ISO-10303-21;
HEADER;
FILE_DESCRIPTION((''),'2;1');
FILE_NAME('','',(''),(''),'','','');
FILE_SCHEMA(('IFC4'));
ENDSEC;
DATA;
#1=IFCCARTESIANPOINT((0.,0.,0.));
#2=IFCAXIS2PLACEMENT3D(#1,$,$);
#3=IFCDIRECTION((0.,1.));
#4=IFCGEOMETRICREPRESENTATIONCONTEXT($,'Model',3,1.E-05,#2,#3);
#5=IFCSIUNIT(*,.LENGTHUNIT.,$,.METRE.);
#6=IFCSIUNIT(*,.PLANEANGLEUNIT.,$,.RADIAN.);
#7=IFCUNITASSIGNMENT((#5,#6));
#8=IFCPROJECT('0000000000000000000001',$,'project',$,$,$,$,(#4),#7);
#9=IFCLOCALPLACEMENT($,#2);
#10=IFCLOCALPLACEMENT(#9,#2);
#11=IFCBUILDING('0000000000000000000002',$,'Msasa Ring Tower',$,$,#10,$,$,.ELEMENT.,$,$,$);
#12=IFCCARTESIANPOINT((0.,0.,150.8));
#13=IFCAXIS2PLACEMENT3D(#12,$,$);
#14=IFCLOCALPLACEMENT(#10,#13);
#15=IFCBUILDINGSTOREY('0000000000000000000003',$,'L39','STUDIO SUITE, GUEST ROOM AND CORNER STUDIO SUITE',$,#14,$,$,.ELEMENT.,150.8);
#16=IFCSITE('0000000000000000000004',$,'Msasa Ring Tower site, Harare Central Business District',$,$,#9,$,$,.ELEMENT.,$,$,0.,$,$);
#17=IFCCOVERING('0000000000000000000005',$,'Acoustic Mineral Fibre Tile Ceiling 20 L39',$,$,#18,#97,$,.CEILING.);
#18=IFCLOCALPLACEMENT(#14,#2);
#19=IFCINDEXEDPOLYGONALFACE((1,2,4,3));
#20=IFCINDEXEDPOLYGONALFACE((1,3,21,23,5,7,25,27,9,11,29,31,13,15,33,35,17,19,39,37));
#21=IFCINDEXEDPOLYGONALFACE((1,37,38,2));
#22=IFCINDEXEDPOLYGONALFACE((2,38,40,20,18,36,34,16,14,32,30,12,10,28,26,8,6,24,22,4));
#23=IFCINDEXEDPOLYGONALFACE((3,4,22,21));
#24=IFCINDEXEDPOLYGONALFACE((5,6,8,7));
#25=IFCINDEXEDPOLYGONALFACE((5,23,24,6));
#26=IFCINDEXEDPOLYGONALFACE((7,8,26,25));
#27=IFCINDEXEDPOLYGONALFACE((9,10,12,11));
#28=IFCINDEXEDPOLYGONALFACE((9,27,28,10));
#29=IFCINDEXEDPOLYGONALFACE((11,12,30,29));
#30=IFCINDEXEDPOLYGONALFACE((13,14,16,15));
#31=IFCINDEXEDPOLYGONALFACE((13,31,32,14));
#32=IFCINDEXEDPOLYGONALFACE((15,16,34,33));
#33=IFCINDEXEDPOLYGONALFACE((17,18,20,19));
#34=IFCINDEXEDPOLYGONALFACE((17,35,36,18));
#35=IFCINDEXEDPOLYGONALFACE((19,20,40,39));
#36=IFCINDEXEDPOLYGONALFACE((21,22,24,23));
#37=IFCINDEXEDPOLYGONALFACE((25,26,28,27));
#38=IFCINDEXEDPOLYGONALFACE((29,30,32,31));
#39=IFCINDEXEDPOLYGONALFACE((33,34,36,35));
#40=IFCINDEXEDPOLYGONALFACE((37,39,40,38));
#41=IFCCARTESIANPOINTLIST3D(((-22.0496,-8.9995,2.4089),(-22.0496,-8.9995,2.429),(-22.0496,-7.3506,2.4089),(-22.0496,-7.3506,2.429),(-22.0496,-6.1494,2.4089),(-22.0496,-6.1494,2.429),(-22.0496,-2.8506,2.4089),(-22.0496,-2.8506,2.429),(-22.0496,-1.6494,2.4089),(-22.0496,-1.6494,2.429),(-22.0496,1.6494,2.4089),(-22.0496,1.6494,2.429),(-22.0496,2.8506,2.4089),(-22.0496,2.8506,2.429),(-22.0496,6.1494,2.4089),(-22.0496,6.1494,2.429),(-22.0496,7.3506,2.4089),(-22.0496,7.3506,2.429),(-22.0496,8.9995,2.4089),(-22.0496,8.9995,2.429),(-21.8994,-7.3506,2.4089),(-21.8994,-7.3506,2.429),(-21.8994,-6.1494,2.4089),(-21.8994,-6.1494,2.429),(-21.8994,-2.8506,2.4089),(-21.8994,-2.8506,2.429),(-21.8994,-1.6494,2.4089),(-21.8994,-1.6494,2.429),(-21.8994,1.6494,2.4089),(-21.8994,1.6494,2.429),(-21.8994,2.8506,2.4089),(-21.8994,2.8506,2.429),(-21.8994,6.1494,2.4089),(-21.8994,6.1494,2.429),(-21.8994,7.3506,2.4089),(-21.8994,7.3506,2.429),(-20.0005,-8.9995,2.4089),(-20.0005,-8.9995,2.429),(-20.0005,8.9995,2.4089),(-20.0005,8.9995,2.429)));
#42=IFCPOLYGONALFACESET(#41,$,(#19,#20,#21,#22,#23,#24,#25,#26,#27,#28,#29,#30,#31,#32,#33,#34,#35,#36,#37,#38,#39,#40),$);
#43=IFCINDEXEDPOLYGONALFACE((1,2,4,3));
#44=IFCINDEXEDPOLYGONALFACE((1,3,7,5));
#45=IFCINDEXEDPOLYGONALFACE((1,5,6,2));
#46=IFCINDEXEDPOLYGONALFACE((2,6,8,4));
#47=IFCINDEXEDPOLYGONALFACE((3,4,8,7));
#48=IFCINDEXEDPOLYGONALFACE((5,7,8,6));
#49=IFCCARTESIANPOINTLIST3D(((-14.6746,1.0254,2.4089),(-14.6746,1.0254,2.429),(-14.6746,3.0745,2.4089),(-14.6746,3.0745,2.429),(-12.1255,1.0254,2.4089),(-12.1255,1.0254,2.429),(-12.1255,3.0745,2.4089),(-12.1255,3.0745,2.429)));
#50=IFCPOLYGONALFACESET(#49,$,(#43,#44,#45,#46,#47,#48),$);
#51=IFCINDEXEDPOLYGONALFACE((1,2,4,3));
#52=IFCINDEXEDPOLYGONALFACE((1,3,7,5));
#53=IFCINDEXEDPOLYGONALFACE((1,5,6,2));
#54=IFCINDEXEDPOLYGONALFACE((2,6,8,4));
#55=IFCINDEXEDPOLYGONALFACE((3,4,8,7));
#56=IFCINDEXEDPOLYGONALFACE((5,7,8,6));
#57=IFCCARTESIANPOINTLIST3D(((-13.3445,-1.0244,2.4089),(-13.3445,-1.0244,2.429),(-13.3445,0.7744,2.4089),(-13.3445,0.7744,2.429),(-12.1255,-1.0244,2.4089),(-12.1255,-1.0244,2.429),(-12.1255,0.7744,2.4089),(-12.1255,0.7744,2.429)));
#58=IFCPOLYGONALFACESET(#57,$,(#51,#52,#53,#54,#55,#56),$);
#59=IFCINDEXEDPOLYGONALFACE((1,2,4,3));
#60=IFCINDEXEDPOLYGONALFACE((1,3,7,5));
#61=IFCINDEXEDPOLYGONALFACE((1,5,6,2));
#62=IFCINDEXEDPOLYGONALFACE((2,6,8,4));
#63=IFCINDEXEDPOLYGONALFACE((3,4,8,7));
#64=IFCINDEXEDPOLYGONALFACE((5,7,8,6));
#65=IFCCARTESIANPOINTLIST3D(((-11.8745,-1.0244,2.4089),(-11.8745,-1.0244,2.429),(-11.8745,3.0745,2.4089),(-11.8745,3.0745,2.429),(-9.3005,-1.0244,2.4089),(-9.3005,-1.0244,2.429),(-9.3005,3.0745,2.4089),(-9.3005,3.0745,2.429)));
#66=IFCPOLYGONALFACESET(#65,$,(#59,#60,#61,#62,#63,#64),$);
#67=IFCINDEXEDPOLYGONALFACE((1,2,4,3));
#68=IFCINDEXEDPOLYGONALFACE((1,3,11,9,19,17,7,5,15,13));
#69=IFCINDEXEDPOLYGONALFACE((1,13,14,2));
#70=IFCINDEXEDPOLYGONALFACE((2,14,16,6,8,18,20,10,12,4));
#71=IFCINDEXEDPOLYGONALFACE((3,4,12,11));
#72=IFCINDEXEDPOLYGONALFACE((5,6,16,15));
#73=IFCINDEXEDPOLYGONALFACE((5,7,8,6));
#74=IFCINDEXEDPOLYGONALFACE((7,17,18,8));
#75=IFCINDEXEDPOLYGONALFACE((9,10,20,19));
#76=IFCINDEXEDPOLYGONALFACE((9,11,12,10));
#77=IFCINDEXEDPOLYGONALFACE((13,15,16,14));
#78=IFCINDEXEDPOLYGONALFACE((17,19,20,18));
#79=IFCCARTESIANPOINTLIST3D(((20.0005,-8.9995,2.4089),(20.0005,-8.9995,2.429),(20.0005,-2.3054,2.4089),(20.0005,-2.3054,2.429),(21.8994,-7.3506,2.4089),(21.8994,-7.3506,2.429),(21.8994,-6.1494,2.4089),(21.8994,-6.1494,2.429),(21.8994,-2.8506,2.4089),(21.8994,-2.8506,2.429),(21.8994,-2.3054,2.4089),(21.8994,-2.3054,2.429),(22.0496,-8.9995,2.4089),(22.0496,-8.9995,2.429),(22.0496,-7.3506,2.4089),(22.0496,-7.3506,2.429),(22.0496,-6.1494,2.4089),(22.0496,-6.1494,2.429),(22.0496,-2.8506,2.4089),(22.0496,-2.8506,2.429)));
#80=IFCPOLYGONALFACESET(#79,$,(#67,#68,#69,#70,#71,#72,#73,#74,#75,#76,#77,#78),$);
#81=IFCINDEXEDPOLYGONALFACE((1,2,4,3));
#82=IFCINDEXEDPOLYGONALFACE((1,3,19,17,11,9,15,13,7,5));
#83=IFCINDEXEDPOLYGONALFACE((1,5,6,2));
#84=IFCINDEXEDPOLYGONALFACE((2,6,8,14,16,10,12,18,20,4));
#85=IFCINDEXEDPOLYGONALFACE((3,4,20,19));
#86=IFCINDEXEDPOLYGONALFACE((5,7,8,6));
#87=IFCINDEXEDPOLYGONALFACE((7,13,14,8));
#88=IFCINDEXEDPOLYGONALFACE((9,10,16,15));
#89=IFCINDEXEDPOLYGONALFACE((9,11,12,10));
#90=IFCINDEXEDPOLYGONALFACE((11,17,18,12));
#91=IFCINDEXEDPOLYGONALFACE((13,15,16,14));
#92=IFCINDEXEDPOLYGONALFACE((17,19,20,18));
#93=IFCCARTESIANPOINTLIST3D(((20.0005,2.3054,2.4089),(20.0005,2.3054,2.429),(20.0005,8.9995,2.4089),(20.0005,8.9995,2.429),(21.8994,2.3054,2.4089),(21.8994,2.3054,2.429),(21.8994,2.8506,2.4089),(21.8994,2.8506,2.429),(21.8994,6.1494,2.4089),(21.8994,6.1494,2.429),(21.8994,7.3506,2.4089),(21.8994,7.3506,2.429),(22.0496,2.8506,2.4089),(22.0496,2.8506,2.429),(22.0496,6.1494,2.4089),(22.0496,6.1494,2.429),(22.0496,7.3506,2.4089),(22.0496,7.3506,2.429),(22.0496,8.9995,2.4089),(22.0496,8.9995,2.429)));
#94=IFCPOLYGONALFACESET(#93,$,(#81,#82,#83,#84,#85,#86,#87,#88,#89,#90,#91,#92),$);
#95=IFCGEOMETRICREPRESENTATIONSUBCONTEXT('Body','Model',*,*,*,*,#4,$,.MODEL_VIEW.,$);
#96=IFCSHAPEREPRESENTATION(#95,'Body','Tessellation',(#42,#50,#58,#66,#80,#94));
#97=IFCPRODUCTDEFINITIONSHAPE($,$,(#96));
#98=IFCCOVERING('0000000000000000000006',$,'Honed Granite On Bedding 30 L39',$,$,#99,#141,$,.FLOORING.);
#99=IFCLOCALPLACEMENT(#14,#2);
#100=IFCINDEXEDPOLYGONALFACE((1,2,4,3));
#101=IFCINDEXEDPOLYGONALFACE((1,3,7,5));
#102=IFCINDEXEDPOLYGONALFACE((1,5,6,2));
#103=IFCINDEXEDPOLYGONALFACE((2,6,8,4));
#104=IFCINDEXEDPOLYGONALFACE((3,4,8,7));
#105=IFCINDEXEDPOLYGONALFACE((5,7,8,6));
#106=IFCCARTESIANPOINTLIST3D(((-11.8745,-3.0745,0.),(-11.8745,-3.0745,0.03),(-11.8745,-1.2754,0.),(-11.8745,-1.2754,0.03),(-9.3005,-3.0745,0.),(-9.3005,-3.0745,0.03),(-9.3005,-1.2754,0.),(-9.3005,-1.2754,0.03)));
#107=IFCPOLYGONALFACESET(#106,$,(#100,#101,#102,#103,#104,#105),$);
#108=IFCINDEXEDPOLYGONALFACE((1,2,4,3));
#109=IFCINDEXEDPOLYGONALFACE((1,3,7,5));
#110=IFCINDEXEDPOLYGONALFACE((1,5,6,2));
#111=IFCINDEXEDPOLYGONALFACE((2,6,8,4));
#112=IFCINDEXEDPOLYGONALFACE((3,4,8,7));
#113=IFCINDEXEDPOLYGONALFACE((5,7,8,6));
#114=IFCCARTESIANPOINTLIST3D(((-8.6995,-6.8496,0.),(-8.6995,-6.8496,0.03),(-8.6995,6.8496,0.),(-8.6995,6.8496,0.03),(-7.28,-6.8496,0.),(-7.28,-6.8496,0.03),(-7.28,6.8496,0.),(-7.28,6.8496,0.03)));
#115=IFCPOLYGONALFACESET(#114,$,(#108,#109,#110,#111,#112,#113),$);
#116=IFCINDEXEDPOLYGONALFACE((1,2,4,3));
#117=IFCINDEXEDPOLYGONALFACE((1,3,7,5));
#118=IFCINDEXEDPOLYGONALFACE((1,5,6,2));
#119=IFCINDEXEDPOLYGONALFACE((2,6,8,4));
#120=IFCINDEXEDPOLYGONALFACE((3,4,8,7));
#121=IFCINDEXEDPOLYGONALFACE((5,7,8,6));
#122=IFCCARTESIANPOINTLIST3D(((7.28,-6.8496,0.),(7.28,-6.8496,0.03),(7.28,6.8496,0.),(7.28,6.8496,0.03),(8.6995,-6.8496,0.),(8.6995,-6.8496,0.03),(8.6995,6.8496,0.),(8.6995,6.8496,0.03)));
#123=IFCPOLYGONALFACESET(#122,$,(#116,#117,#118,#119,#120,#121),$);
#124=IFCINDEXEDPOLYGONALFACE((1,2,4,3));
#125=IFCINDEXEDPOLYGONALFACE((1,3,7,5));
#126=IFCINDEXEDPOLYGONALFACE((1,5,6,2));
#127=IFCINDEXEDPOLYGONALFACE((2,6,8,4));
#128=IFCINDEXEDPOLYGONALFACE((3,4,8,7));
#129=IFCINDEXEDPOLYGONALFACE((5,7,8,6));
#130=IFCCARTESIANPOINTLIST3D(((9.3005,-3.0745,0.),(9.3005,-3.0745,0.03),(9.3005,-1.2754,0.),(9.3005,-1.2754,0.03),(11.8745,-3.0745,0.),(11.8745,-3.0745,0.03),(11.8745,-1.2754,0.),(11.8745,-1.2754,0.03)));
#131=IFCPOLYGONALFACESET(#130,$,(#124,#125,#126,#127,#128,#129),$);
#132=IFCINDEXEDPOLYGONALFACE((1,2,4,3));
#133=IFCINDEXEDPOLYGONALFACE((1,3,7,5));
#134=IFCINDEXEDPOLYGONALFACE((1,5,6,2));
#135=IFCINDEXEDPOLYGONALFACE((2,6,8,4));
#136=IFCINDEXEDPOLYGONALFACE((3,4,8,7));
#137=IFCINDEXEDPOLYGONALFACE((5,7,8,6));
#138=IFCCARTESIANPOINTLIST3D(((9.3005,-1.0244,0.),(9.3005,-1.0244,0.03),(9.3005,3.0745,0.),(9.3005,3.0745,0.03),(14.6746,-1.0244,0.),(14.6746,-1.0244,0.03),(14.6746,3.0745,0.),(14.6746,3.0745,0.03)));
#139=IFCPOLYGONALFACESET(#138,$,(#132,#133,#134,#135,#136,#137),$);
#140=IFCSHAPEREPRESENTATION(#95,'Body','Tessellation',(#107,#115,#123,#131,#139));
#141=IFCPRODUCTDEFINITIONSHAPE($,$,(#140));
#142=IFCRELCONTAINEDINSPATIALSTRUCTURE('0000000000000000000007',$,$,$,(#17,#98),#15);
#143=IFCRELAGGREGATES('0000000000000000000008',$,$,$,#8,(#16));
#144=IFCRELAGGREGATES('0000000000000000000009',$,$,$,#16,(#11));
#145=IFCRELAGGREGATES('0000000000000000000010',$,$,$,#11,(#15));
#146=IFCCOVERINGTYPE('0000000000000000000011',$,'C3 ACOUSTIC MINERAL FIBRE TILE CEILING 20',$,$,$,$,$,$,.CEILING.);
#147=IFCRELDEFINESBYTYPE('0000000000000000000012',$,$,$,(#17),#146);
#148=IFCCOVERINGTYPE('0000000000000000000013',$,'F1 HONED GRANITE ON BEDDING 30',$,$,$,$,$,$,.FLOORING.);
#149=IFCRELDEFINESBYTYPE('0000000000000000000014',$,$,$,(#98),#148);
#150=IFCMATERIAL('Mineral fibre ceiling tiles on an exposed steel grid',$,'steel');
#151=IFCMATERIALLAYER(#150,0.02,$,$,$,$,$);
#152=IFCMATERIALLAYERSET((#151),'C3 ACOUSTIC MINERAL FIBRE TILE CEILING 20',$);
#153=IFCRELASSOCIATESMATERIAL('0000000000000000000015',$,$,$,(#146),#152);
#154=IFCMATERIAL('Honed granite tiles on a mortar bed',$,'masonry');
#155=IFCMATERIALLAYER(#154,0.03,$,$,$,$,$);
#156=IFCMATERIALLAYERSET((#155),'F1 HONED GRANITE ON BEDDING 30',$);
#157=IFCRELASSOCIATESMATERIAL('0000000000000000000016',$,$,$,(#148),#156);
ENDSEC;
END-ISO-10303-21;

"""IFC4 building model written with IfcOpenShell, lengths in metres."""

from ifc_helpers import new_model, si_unit, direction, frame, origin, place, context, subcontext, project, spatial, line, indexed_curve, outline, extrude, material, layer, layer_set, type_object, element, save


model = new_model("IFC4")

# Units and contexts
model_context = context("Model", 3, precision=1e-05, world=origin(), true_north=direction((0.0, 1.0)))
body_context = subcontext(model_context, "Body", "Model", "MODEL_VIEW")
ifc_project = project(units=[si_unit("LENGTHUNIT", "METRE"), si_unit("PLANEANGLEUNIT", "RADIAN")], contexts=[model_context])

# Site, building, storey
site_placement = place(None, origin())
site = spatial("IfcSite", under=ifc_project, at=site_placement, Name="Msasa Ring Tower site, Harare Central Business District", CompositionType="ELEMENT", RefElevation=0.0)
building_placement = place(site_placement, origin())
building = spatial("IfcBuilding", under=site, at=building_placement, Name="Msasa Ring Tower", CompositionType="ELEMENT")
storey_placement = place(building_placement, frame((0.0, 0.0, 150.8)))
storey = spatial("IfcBuildingStorey", under=building, at=storey_placement, Name="L39", Description="STUDIO SUITE, GUEST ROOM AND CORNER STUDIO SUITE", CompositionType="ELEMENT", Elevation=150.8)

# Coverings
ifc_material_1 = material(Name="Mineral fibre ceiling tiles on an exposed steel grid", Category="steel")
ifc_layer_1 = layer(ifc_material_1, 0.02)
ifc_layer_set_1 = layer_set([ifc_layer_1], Name="C3 ACOUSTIC MINERAL FIBRE TILE CEILING 20")
covering_type_1 = type_object("IfcCoveringType", Name="C3 ACOUSTIC MINERAL FIBRE TILE CEILING 20", PredefinedType="CEILING", material=ifc_layer_set_1)
covering_1_placement = place(storey_placement, frame((0.0, 0.0, 2.4089)))
element("IfcCovering", 1, at=covering_1_placement, inside=storey, type_object=covering_type_1, Name="Acoustic Mineral Fibre Tile Ceiling 20 L39", PredefinedType="CEILING", context=body_context, shape_type="SweptSolid", body=[
    extrude(outline(indexed_curve([(-20.0005, 8.9995), (-20.0005, -8.9995), (-22.0496, -8.9995), (-22.0496, -7.3506), (-21.8994, -7.3506), (-21.8994, -6.1494), (-22.0496, -6.1494), (-22.0496, -2.8506), (-21.8994, -2.8506), (-21.8994, -1.6494), (-22.0496, -1.6494), (-22.0496, 1.6494), (-21.8994, 1.6494), (-21.8994, 2.8506), (-22.0496, 2.8506), (-22.0496, 6.1494), (-21.8994, 6.1494), (-21.8994, 7.3506), (-22.0496, 7.3506), (-22.0496, 8.9995)], segments=[line(1, 2, 3, 4, 5, 6, 7, 8, 9, 10, 11, 12, 13, 14, 15, 16, 17, 18, 19, 20, 1)], self_intersect=False)), origin(), (0.0, 0.0, 1.0), 0.02),
    extrude(outline(indexed_curve([(-14.6746, 3.0745), (-12.1255, 3.0745), (-12.1255, 1.0254), (-14.6746, 1.0254)], segments=[line(1, 2, 3, 4, 1)], self_intersect=False)), origin(), (0.0, 0.0, 1.0), 0.02),
    extrude(outline(indexed_curve([(-13.3445, -1.0244), (-13.3445, 0.7744), (-12.1255, 0.7744), (-12.1255, -1.0244)], segments=[line(1, 2, 3, 4, 1)], self_intersect=False)), origin(), (0.0, 0.0, 1.0), 0.02),
    extrude(outline(indexed_curve([(-9.3005, -1.0244), (-11.8745, -1.0244), (-11.8745, 3.0745), (-9.3005, 3.0745)], segments=[line(1, 2, 3, 4, 1)], self_intersect=False)), origin(), (0.0, 0.0, 1.0), 0.02),
    extrude(outline(indexed_curve([(21.8994, -2.3054), (21.8994, -2.8506), (22.0496, -2.8506), (22.0496, -6.1494), (21.8994, -6.1494), (21.8994, -7.3506), (22.0496, -7.3506), (22.0496, -8.9995), (20.0005, -8.9995), (20.0005, -2.3054)], segments=[line(1, 2, 3, 4, 5, 6, 7, 8, 9, 10, 1)], self_intersect=False)), origin(), (0.0, 0.0, 1.0), 0.02),
    extrude(outline(indexed_curve([(22.0496, 7.3506), (21.8994, 7.3506), (21.8994, 6.1494), (22.0496, 6.1494), (22.0496, 2.8506), (21.8994, 2.8506), (21.8994, 2.3054), (20.0005, 2.3054), (20.0005, 8.9995), (22.0496, 8.9995)], segments=[line(1, 2, 3, 4, 5, 6, 7, 8, 9, 10, 1)], self_intersect=False)), origin(), (0.0, 0.0, 1.0), 0.02),
])
ifc_material_2 = material(Name="Honed granite tiles on a mortar bed", Category="masonry")
ifc_layer_2 = layer(ifc_material_2, 0.03)
ifc_layer_set_2 = layer_set([ifc_layer_2], Name="F1 HONED GRANITE ON BEDDING 30")
covering_type_2 = type_object("IfcCoveringType", Name="F1 HONED GRANITE ON BEDDING 30", PredefinedType="FLOORING", material=ifc_layer_set_2)
covering_2_placement = place(storey_placement, origin())
element("IfcCovering", 2, at=covering_2_placement, inside=storey, type_object=covering_type_2, Name="Honed Granite On Bedding 30 L39", PredefinedType="FLOORING", context=body_context, shape_type="SweptSolid", body=[
    extrude(outline(indexed_curve([(-11.8745, -3.0745), (-11.8745, -1.2754), (-9.3005, -1.2754), (-9.3005, -3.0745)], segments=[line(1, 2, 3, 4, 1)], self_intersect=False)), origin(), (0.0, 0.0, 1.0), 0.03),
    extrude(outline(indexed_curve([(-8.6995, -6.8496), (-8.6995, 6.8496), (-7.28, 6.8496), (-7.28, -6.8496)], segments=[line(1, 2, 3, 4, 1)], self_intersect=False)), origin(), (0.0, 0.0, 1.0), 0.03),
    extrude(outline(indexed_curve([(8.6995, 6.8496), (8.6995, -6.8496), (7.28, -6.8496), (7.28, 6.8496)], segments=[line(1, 2, 3, 4, 1)], self_intersect=False)), origin(), (0.0, 0.0, 1.0), 0.03),
    extrude(outline(indexed_curve([(9.3005, -3.0745), (9.3005, -1.2754), (11.8745, -1.2754), (11.8745, -3.0745)], segments=[line(1, 2, 3, 4, 1)], self_intersect=False)), origin(), (0.0, 0.0, 1.0), 0.03),
    extrude(outline(indexed_curve([(9.3005, 3.0745), (14.6746, 3.0745), (14.6746, -1.0244), (9.3005, -1.0244)], segments=[line(1, 2, 3, 4, 1)], self_intersect=False)), origin(), (0.0, 0.0, 1.0), 0.03),
])

save(model, "model.ifc")
